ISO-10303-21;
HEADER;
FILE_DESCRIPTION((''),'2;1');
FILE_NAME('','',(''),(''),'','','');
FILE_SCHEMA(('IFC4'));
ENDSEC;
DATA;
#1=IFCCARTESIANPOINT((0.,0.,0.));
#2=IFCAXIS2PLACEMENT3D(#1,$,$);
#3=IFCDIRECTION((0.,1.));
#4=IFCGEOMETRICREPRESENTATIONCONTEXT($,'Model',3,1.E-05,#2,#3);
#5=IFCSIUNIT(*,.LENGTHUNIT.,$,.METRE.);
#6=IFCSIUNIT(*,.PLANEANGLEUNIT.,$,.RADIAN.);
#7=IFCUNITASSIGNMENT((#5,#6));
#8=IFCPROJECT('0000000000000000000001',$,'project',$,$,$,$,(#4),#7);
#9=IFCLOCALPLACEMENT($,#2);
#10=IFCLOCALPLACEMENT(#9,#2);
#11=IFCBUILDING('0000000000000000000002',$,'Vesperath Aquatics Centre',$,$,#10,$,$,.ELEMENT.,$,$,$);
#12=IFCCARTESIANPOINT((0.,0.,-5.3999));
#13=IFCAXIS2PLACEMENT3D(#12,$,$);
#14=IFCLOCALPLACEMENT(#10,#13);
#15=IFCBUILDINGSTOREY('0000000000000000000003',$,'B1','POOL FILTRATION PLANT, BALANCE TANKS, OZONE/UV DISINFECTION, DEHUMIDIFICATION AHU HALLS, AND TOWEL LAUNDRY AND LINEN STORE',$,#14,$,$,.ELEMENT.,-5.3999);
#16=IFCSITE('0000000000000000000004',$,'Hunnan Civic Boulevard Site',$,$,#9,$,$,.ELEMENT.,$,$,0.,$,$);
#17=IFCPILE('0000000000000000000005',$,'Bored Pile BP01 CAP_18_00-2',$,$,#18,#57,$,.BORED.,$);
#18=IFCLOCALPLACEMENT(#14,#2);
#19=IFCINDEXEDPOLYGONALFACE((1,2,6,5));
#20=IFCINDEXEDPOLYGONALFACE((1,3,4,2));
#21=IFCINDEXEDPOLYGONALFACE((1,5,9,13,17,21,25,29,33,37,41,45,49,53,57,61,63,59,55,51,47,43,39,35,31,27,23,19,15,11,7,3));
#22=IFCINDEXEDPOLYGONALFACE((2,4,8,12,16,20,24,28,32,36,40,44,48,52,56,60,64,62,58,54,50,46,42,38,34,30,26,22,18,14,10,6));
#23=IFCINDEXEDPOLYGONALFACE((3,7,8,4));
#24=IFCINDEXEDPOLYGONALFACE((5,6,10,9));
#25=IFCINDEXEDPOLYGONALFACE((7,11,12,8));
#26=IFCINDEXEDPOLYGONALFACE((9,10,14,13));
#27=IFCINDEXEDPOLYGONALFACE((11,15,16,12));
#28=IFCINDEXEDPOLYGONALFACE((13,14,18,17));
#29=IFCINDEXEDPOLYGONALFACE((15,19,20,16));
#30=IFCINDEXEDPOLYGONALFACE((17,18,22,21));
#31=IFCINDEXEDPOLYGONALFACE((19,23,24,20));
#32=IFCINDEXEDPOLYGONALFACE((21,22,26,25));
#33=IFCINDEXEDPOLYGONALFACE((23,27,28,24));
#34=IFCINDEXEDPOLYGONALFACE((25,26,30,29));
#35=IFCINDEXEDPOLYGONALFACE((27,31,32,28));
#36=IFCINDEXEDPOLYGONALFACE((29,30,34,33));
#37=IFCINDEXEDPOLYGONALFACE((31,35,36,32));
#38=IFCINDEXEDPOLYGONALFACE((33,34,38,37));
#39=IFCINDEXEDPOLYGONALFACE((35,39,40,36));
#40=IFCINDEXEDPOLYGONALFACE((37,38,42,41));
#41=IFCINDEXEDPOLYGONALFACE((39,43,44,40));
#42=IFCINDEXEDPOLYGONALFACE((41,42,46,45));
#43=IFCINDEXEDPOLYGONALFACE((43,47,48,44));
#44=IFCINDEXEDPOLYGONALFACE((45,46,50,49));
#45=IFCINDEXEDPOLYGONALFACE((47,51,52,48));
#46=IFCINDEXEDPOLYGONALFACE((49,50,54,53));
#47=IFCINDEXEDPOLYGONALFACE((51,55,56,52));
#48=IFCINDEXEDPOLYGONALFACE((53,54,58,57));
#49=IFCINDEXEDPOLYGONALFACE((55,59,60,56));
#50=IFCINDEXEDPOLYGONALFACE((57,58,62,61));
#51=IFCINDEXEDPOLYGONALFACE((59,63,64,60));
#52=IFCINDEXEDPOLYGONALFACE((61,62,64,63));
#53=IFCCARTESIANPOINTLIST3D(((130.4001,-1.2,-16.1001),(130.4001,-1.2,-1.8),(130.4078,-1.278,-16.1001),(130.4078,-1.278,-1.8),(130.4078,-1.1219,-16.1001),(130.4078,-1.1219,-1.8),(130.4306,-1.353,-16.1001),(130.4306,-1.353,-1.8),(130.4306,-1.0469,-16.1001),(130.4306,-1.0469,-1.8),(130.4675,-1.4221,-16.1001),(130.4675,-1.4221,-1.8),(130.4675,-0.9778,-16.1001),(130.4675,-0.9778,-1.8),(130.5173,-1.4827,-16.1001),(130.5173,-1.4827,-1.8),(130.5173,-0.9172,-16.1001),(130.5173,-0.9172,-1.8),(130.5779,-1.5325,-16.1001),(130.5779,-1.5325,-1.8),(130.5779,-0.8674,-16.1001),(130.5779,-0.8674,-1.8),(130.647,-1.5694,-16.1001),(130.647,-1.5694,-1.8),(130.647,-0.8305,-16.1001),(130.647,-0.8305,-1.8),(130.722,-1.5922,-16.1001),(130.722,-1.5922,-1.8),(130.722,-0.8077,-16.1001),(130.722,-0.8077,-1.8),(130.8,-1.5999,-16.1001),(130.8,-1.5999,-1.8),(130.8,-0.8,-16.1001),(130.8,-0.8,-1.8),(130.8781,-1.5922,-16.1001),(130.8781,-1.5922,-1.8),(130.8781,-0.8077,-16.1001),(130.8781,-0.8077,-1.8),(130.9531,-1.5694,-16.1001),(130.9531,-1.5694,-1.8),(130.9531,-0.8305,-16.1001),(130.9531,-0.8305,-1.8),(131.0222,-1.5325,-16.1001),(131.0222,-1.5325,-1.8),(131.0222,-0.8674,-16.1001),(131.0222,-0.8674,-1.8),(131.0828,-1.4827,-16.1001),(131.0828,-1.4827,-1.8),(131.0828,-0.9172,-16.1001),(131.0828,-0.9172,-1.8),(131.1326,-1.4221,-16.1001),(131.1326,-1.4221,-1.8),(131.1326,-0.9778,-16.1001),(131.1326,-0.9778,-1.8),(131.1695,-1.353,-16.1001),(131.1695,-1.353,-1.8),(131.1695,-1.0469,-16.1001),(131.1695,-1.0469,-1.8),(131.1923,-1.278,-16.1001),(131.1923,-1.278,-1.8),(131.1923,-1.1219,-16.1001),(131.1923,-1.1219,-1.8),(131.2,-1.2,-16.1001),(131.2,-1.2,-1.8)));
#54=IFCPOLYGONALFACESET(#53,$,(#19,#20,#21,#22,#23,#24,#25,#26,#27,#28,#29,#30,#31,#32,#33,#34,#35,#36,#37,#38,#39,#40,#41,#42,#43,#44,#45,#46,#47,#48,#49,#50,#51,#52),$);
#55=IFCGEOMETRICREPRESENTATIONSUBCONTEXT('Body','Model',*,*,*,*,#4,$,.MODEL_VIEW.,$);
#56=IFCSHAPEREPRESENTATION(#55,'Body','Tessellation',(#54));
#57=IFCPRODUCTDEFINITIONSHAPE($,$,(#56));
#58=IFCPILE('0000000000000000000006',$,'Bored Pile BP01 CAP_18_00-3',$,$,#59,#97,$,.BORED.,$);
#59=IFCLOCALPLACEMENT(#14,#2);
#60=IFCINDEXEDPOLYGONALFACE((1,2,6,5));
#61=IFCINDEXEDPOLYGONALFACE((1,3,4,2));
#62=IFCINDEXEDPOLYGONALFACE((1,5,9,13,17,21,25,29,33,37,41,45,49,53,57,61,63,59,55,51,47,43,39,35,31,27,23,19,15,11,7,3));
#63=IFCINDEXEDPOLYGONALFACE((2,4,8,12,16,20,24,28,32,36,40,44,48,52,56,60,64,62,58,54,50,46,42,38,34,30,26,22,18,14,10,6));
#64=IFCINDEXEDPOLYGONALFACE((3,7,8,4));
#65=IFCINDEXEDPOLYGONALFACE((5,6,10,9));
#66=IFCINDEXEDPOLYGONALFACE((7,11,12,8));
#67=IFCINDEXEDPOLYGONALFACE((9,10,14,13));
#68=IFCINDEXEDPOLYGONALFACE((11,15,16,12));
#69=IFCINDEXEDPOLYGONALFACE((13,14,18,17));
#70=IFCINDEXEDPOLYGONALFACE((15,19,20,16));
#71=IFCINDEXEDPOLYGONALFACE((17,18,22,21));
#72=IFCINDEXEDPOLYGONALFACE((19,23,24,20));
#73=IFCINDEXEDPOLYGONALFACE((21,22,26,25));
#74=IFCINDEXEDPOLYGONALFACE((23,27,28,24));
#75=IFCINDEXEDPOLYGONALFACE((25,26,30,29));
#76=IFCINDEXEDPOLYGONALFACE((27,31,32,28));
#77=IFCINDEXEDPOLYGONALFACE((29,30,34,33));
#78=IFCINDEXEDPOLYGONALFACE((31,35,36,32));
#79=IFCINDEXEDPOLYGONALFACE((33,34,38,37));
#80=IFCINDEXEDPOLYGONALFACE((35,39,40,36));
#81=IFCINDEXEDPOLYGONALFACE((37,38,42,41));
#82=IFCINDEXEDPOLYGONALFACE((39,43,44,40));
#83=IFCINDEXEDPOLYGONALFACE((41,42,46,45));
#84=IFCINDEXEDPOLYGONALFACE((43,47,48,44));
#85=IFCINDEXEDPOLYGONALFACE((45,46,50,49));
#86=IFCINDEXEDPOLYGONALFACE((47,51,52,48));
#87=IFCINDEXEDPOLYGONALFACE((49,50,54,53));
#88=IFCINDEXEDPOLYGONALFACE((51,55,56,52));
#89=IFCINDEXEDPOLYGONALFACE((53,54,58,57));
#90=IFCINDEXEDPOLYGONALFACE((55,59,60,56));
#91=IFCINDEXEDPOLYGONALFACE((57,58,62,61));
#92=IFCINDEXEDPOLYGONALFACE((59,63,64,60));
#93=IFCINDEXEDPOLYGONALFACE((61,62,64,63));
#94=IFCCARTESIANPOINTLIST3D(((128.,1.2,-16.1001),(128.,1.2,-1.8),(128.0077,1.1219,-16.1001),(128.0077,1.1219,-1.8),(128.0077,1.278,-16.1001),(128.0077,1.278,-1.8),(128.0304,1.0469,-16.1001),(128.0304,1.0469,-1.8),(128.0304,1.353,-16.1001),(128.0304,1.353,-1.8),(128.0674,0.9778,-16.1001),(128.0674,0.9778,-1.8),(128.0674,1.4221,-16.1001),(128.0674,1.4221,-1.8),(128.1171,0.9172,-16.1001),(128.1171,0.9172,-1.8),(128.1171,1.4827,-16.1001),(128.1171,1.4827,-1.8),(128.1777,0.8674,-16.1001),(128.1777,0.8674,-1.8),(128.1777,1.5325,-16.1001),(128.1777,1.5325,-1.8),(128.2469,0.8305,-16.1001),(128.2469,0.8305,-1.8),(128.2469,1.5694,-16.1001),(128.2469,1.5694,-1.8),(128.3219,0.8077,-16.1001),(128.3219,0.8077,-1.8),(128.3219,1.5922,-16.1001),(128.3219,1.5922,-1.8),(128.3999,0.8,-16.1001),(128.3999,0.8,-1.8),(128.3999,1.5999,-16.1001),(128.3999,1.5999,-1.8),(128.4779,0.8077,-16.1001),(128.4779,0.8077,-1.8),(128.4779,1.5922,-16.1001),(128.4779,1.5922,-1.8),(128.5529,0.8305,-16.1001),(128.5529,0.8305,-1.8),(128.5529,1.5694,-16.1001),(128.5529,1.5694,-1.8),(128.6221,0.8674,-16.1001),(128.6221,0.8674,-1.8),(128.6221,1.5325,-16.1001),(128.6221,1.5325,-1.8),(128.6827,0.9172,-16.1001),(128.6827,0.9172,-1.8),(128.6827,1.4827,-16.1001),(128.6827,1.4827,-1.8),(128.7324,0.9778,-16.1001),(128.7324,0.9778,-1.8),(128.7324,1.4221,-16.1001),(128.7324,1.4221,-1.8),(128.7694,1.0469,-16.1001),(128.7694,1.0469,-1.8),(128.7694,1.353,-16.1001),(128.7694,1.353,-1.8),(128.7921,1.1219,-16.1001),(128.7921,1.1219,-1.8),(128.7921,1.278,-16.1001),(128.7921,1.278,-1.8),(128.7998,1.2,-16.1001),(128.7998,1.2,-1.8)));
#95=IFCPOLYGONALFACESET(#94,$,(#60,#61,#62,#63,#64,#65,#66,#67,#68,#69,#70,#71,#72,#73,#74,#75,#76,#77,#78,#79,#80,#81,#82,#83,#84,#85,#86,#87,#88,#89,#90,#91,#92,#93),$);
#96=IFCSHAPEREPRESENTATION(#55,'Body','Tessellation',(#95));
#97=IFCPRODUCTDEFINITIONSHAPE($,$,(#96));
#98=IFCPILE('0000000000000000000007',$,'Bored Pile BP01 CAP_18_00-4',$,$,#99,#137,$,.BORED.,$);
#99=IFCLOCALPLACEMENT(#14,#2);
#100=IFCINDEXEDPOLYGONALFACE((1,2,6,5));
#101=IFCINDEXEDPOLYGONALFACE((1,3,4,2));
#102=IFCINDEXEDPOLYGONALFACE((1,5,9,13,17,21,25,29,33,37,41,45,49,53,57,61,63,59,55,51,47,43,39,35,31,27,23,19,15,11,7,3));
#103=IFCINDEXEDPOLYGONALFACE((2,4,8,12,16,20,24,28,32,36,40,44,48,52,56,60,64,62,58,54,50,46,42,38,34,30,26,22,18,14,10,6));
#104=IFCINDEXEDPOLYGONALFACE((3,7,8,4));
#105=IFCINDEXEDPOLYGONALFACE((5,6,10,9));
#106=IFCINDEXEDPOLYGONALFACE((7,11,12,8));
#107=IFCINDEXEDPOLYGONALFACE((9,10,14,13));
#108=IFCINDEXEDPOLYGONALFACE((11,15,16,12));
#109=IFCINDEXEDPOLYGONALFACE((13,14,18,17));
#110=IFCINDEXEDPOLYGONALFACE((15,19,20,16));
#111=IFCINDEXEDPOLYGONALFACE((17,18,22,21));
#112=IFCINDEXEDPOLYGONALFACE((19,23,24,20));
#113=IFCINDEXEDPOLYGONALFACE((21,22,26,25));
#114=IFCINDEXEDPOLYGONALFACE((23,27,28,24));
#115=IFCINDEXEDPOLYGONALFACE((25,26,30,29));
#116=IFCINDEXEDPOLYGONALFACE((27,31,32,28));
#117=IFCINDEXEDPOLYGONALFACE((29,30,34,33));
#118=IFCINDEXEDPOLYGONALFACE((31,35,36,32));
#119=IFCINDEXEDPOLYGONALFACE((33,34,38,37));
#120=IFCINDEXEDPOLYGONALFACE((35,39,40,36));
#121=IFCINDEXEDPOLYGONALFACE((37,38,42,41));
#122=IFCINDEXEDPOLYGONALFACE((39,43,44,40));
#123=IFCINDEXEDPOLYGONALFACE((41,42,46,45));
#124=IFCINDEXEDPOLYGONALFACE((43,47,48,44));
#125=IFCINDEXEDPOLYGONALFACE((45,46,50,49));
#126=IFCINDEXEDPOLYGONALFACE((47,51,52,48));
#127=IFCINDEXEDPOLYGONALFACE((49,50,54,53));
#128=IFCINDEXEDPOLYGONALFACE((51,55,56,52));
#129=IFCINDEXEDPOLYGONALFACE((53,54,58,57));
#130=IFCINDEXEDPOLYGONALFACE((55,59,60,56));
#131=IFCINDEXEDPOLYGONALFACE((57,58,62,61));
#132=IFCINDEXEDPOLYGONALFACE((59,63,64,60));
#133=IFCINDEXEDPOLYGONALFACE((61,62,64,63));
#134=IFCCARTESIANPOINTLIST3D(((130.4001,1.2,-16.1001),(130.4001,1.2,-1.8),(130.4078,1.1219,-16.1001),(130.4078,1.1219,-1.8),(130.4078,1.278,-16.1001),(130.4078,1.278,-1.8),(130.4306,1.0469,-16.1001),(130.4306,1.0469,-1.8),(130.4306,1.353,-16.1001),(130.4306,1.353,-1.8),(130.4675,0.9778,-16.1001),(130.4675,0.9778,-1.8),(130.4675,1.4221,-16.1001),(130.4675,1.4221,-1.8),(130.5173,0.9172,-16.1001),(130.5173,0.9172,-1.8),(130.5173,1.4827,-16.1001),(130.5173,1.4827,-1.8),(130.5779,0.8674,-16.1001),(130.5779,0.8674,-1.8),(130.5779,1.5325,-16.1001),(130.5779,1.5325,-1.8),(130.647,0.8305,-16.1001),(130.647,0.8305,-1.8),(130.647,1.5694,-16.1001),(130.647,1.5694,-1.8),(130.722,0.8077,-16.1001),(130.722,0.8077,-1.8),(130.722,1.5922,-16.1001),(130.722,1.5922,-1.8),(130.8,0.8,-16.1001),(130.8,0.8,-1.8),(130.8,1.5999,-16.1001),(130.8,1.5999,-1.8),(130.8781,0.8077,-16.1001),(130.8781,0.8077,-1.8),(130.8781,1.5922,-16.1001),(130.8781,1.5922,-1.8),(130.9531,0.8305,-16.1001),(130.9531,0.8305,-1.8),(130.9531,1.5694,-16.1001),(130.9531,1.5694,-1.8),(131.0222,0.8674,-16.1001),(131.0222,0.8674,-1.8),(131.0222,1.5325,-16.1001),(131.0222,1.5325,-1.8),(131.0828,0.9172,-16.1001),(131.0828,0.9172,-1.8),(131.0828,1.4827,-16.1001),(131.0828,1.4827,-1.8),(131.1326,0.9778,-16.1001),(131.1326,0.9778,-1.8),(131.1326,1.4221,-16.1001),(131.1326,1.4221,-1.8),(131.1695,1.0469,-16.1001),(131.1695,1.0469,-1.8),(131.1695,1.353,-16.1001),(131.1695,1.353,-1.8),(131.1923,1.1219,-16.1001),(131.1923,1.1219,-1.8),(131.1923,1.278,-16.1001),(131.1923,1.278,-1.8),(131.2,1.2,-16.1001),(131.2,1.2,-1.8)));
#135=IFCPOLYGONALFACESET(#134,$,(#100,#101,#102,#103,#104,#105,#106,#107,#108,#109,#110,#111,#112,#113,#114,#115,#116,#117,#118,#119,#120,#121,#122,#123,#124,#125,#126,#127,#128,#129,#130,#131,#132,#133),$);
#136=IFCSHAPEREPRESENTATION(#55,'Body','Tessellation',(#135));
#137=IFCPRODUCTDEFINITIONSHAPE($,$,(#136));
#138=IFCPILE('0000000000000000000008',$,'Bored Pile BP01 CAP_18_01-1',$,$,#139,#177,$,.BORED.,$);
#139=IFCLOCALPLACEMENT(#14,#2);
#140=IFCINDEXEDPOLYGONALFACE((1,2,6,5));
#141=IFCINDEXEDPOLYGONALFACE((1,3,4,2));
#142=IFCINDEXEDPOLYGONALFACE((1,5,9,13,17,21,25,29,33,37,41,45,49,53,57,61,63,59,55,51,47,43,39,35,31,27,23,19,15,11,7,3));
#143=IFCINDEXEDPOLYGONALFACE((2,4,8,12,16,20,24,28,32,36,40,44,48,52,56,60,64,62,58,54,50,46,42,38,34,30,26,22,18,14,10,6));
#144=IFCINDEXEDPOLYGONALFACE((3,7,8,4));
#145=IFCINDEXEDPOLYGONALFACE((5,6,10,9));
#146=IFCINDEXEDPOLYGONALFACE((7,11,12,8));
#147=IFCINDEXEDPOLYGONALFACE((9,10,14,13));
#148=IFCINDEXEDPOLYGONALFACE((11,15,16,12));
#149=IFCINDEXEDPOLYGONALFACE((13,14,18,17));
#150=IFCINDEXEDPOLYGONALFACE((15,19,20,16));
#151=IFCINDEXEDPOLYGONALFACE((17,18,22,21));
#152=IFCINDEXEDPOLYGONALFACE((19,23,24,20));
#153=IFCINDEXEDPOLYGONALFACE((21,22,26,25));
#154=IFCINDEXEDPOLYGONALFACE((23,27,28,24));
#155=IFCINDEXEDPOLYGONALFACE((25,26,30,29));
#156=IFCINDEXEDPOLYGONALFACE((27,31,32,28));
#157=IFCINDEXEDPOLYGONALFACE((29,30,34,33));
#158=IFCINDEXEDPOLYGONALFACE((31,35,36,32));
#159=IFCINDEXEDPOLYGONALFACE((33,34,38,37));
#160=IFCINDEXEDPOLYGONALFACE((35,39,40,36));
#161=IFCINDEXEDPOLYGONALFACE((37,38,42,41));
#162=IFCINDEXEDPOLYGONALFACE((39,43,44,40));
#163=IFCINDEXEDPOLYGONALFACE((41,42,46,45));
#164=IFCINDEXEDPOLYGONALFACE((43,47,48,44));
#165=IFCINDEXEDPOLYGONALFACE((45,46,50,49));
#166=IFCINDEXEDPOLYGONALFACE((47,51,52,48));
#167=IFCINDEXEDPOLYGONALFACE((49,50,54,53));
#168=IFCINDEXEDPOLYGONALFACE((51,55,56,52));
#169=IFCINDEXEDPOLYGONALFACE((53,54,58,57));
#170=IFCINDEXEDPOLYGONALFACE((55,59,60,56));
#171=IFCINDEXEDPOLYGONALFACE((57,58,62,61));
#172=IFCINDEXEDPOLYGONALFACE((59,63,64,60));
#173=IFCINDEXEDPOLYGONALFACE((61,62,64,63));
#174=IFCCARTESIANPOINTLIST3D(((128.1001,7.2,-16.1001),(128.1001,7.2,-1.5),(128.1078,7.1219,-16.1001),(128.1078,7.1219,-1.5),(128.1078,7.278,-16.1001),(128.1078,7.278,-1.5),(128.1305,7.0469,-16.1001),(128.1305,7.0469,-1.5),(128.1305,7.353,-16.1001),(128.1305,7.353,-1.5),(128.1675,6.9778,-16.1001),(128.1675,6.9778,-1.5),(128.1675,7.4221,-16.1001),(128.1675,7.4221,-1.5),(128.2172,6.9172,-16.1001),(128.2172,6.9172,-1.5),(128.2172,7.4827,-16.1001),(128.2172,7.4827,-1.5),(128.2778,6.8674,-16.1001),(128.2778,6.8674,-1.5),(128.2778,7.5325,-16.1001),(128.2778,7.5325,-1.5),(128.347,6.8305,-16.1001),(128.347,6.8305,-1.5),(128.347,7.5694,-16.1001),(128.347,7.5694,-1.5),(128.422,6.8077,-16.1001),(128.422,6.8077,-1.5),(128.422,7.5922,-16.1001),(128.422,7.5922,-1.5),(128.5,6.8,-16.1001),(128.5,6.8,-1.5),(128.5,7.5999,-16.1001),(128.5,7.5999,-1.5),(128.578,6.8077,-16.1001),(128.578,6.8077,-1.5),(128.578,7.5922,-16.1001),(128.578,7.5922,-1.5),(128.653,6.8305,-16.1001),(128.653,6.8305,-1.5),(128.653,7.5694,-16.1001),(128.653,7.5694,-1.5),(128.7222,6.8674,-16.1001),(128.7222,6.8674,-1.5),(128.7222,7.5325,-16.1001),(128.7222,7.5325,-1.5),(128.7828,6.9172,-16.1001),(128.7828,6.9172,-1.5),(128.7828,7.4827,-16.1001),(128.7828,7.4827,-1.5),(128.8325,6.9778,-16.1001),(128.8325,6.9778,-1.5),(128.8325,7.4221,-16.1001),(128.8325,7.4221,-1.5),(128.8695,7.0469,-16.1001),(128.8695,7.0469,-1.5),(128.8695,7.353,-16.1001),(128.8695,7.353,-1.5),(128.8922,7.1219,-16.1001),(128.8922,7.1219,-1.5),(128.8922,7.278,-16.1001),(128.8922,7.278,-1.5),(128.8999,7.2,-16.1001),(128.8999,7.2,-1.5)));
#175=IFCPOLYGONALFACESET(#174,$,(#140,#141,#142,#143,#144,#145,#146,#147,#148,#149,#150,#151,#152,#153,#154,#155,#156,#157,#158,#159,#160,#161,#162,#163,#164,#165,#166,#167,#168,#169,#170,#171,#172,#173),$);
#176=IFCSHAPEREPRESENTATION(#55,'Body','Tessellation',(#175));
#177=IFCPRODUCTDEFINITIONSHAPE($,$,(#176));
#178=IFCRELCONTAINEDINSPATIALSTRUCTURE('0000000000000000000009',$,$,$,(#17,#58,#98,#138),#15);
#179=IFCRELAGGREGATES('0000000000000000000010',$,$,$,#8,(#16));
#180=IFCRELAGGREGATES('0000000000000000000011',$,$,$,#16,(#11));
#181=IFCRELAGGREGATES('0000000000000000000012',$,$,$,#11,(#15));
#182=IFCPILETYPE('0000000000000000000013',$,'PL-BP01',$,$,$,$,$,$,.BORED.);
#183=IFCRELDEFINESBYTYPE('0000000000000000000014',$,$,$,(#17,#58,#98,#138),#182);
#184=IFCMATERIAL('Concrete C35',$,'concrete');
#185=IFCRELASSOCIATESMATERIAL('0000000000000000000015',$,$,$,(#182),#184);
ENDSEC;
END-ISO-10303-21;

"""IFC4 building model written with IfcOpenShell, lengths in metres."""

from ifc_helpers import new_model, si_unit, direction, frame, origin, origin_2d, place, context, subcontext, project, spatial, circle, extrude, material, material_profile, profile_set, type_object, element, save


model = new_model("IFC4")

# Units and contexts
model_context = context("Model", 3, precision=1e-05, world=origin(), true_north=direction((0.0, 1.0)))
body_context = subcontext(model_context, "Body", "Model", "MODEL_VIEW")
ifc_project = project(units=[si_unit("LENGTHUNIT", "METRE"), si_unit("PLANEANGLEUNIT", "RADIAN")], contexts=[model_context])

# Site, building, storey
site_placement = place(None, origin())
site = spatial("IfcSite", under=ifc_project, at=site_placement, Name="Hunnan Civic Boulevard Site", CompositionType="ELEMENT", RefElevation=0.0)
building_placement = place(site_placement, origin())
building = spatial("IfcBuilding", under=site, at=building_placement, Name="Vesperath Aquatics Centre", CompositionType="ELEMENT")
storey_placement = place(building_placement, frame((0.0, 0.0, -5.3999)))
storey = spatial("IfcBuildingStorey", under=building, at=storey_placement, Name="B1", Description="POOL FILTRATION PLANT, BALANCE TANKS, OZONE/UV DISINFECTION, DEHUMIDIFICATION AHU HALLS, AND TOWEL LAUNDRY AND LINEN STORE", CompositionType="ELEMENT", Elevation=-5.3999)

# Piles
ifc_material_1 = material(Name="Concrete C35", Category="concrete")
ifc_material_profile_1 = material_profile(ifc_material_1, circle(Radius=0.3999, at=origin_2d()), Name="PILE D800")
ifc_profile_set_1 = profile_set([ifc_material_profile_1], Name="Concrete C35")
pile_type = type_object("IfcPileType", Name="PL-BP01", PredefinedType="BORED", material=ifc_profile_set_1)
for number, where, z_axis, x_axis, name in (
    (1, (130.8, -1.2, -1.8), (0.0, 0.0, -1.0), (1.0, 0.0, 0.0), "Bored Pile BP01 CAP_18_00-2"),
    (2, (128.3999, 1.2, -1.8), (0.0, 0.0, -1.0), (1.0, 0.0, 0.0), "Bored Pile BP01 CAP_18_00-3"),
    (3, (130.8, 1.2, -1.8), (0.0, 0.0, -1.0), (1.0, 0.0, 0.0), "Bored Pile BP01 CAP_18_00-4"),
):
    element("IfcPile", number, at=place(storey_placement, frame(where, z_axis=z_axis, x_axis=x_axis)), inside=storey, type_object=pile_type, Name=name, PredefinedType="BORED", context=body_context, shape_type="SweptSolid", body=[
        extrude(circle(Radius=0.3999, at=origin_2d()), origin(), (0.0, 0.0, 1.0), 14.3),
    ])
for number, where, z_axis, x_axis, name in (
    (4, (128.5, 7.2, -1.5), (0.0, 0.0, -1.0), (1.0, 0.0, 0.0), "Bored Pile BP01 CAP_18_01-1"),
):
    element("IfcPile", number, at=place(storey_placement, frame(where, z_axis=z_axis, x_axis=x_axis)), inside=storey, type_object=pile_type, Name=name, PredefinedType="BORED", context=body_context, shape_type="SweptSolid", body=[
        extrude(circle(Radius=0.3999, at=origin_2d()), origin(), (0.0, 0.0, 1.0), 14.6001),
    ])

save(model, "model.ifc")
